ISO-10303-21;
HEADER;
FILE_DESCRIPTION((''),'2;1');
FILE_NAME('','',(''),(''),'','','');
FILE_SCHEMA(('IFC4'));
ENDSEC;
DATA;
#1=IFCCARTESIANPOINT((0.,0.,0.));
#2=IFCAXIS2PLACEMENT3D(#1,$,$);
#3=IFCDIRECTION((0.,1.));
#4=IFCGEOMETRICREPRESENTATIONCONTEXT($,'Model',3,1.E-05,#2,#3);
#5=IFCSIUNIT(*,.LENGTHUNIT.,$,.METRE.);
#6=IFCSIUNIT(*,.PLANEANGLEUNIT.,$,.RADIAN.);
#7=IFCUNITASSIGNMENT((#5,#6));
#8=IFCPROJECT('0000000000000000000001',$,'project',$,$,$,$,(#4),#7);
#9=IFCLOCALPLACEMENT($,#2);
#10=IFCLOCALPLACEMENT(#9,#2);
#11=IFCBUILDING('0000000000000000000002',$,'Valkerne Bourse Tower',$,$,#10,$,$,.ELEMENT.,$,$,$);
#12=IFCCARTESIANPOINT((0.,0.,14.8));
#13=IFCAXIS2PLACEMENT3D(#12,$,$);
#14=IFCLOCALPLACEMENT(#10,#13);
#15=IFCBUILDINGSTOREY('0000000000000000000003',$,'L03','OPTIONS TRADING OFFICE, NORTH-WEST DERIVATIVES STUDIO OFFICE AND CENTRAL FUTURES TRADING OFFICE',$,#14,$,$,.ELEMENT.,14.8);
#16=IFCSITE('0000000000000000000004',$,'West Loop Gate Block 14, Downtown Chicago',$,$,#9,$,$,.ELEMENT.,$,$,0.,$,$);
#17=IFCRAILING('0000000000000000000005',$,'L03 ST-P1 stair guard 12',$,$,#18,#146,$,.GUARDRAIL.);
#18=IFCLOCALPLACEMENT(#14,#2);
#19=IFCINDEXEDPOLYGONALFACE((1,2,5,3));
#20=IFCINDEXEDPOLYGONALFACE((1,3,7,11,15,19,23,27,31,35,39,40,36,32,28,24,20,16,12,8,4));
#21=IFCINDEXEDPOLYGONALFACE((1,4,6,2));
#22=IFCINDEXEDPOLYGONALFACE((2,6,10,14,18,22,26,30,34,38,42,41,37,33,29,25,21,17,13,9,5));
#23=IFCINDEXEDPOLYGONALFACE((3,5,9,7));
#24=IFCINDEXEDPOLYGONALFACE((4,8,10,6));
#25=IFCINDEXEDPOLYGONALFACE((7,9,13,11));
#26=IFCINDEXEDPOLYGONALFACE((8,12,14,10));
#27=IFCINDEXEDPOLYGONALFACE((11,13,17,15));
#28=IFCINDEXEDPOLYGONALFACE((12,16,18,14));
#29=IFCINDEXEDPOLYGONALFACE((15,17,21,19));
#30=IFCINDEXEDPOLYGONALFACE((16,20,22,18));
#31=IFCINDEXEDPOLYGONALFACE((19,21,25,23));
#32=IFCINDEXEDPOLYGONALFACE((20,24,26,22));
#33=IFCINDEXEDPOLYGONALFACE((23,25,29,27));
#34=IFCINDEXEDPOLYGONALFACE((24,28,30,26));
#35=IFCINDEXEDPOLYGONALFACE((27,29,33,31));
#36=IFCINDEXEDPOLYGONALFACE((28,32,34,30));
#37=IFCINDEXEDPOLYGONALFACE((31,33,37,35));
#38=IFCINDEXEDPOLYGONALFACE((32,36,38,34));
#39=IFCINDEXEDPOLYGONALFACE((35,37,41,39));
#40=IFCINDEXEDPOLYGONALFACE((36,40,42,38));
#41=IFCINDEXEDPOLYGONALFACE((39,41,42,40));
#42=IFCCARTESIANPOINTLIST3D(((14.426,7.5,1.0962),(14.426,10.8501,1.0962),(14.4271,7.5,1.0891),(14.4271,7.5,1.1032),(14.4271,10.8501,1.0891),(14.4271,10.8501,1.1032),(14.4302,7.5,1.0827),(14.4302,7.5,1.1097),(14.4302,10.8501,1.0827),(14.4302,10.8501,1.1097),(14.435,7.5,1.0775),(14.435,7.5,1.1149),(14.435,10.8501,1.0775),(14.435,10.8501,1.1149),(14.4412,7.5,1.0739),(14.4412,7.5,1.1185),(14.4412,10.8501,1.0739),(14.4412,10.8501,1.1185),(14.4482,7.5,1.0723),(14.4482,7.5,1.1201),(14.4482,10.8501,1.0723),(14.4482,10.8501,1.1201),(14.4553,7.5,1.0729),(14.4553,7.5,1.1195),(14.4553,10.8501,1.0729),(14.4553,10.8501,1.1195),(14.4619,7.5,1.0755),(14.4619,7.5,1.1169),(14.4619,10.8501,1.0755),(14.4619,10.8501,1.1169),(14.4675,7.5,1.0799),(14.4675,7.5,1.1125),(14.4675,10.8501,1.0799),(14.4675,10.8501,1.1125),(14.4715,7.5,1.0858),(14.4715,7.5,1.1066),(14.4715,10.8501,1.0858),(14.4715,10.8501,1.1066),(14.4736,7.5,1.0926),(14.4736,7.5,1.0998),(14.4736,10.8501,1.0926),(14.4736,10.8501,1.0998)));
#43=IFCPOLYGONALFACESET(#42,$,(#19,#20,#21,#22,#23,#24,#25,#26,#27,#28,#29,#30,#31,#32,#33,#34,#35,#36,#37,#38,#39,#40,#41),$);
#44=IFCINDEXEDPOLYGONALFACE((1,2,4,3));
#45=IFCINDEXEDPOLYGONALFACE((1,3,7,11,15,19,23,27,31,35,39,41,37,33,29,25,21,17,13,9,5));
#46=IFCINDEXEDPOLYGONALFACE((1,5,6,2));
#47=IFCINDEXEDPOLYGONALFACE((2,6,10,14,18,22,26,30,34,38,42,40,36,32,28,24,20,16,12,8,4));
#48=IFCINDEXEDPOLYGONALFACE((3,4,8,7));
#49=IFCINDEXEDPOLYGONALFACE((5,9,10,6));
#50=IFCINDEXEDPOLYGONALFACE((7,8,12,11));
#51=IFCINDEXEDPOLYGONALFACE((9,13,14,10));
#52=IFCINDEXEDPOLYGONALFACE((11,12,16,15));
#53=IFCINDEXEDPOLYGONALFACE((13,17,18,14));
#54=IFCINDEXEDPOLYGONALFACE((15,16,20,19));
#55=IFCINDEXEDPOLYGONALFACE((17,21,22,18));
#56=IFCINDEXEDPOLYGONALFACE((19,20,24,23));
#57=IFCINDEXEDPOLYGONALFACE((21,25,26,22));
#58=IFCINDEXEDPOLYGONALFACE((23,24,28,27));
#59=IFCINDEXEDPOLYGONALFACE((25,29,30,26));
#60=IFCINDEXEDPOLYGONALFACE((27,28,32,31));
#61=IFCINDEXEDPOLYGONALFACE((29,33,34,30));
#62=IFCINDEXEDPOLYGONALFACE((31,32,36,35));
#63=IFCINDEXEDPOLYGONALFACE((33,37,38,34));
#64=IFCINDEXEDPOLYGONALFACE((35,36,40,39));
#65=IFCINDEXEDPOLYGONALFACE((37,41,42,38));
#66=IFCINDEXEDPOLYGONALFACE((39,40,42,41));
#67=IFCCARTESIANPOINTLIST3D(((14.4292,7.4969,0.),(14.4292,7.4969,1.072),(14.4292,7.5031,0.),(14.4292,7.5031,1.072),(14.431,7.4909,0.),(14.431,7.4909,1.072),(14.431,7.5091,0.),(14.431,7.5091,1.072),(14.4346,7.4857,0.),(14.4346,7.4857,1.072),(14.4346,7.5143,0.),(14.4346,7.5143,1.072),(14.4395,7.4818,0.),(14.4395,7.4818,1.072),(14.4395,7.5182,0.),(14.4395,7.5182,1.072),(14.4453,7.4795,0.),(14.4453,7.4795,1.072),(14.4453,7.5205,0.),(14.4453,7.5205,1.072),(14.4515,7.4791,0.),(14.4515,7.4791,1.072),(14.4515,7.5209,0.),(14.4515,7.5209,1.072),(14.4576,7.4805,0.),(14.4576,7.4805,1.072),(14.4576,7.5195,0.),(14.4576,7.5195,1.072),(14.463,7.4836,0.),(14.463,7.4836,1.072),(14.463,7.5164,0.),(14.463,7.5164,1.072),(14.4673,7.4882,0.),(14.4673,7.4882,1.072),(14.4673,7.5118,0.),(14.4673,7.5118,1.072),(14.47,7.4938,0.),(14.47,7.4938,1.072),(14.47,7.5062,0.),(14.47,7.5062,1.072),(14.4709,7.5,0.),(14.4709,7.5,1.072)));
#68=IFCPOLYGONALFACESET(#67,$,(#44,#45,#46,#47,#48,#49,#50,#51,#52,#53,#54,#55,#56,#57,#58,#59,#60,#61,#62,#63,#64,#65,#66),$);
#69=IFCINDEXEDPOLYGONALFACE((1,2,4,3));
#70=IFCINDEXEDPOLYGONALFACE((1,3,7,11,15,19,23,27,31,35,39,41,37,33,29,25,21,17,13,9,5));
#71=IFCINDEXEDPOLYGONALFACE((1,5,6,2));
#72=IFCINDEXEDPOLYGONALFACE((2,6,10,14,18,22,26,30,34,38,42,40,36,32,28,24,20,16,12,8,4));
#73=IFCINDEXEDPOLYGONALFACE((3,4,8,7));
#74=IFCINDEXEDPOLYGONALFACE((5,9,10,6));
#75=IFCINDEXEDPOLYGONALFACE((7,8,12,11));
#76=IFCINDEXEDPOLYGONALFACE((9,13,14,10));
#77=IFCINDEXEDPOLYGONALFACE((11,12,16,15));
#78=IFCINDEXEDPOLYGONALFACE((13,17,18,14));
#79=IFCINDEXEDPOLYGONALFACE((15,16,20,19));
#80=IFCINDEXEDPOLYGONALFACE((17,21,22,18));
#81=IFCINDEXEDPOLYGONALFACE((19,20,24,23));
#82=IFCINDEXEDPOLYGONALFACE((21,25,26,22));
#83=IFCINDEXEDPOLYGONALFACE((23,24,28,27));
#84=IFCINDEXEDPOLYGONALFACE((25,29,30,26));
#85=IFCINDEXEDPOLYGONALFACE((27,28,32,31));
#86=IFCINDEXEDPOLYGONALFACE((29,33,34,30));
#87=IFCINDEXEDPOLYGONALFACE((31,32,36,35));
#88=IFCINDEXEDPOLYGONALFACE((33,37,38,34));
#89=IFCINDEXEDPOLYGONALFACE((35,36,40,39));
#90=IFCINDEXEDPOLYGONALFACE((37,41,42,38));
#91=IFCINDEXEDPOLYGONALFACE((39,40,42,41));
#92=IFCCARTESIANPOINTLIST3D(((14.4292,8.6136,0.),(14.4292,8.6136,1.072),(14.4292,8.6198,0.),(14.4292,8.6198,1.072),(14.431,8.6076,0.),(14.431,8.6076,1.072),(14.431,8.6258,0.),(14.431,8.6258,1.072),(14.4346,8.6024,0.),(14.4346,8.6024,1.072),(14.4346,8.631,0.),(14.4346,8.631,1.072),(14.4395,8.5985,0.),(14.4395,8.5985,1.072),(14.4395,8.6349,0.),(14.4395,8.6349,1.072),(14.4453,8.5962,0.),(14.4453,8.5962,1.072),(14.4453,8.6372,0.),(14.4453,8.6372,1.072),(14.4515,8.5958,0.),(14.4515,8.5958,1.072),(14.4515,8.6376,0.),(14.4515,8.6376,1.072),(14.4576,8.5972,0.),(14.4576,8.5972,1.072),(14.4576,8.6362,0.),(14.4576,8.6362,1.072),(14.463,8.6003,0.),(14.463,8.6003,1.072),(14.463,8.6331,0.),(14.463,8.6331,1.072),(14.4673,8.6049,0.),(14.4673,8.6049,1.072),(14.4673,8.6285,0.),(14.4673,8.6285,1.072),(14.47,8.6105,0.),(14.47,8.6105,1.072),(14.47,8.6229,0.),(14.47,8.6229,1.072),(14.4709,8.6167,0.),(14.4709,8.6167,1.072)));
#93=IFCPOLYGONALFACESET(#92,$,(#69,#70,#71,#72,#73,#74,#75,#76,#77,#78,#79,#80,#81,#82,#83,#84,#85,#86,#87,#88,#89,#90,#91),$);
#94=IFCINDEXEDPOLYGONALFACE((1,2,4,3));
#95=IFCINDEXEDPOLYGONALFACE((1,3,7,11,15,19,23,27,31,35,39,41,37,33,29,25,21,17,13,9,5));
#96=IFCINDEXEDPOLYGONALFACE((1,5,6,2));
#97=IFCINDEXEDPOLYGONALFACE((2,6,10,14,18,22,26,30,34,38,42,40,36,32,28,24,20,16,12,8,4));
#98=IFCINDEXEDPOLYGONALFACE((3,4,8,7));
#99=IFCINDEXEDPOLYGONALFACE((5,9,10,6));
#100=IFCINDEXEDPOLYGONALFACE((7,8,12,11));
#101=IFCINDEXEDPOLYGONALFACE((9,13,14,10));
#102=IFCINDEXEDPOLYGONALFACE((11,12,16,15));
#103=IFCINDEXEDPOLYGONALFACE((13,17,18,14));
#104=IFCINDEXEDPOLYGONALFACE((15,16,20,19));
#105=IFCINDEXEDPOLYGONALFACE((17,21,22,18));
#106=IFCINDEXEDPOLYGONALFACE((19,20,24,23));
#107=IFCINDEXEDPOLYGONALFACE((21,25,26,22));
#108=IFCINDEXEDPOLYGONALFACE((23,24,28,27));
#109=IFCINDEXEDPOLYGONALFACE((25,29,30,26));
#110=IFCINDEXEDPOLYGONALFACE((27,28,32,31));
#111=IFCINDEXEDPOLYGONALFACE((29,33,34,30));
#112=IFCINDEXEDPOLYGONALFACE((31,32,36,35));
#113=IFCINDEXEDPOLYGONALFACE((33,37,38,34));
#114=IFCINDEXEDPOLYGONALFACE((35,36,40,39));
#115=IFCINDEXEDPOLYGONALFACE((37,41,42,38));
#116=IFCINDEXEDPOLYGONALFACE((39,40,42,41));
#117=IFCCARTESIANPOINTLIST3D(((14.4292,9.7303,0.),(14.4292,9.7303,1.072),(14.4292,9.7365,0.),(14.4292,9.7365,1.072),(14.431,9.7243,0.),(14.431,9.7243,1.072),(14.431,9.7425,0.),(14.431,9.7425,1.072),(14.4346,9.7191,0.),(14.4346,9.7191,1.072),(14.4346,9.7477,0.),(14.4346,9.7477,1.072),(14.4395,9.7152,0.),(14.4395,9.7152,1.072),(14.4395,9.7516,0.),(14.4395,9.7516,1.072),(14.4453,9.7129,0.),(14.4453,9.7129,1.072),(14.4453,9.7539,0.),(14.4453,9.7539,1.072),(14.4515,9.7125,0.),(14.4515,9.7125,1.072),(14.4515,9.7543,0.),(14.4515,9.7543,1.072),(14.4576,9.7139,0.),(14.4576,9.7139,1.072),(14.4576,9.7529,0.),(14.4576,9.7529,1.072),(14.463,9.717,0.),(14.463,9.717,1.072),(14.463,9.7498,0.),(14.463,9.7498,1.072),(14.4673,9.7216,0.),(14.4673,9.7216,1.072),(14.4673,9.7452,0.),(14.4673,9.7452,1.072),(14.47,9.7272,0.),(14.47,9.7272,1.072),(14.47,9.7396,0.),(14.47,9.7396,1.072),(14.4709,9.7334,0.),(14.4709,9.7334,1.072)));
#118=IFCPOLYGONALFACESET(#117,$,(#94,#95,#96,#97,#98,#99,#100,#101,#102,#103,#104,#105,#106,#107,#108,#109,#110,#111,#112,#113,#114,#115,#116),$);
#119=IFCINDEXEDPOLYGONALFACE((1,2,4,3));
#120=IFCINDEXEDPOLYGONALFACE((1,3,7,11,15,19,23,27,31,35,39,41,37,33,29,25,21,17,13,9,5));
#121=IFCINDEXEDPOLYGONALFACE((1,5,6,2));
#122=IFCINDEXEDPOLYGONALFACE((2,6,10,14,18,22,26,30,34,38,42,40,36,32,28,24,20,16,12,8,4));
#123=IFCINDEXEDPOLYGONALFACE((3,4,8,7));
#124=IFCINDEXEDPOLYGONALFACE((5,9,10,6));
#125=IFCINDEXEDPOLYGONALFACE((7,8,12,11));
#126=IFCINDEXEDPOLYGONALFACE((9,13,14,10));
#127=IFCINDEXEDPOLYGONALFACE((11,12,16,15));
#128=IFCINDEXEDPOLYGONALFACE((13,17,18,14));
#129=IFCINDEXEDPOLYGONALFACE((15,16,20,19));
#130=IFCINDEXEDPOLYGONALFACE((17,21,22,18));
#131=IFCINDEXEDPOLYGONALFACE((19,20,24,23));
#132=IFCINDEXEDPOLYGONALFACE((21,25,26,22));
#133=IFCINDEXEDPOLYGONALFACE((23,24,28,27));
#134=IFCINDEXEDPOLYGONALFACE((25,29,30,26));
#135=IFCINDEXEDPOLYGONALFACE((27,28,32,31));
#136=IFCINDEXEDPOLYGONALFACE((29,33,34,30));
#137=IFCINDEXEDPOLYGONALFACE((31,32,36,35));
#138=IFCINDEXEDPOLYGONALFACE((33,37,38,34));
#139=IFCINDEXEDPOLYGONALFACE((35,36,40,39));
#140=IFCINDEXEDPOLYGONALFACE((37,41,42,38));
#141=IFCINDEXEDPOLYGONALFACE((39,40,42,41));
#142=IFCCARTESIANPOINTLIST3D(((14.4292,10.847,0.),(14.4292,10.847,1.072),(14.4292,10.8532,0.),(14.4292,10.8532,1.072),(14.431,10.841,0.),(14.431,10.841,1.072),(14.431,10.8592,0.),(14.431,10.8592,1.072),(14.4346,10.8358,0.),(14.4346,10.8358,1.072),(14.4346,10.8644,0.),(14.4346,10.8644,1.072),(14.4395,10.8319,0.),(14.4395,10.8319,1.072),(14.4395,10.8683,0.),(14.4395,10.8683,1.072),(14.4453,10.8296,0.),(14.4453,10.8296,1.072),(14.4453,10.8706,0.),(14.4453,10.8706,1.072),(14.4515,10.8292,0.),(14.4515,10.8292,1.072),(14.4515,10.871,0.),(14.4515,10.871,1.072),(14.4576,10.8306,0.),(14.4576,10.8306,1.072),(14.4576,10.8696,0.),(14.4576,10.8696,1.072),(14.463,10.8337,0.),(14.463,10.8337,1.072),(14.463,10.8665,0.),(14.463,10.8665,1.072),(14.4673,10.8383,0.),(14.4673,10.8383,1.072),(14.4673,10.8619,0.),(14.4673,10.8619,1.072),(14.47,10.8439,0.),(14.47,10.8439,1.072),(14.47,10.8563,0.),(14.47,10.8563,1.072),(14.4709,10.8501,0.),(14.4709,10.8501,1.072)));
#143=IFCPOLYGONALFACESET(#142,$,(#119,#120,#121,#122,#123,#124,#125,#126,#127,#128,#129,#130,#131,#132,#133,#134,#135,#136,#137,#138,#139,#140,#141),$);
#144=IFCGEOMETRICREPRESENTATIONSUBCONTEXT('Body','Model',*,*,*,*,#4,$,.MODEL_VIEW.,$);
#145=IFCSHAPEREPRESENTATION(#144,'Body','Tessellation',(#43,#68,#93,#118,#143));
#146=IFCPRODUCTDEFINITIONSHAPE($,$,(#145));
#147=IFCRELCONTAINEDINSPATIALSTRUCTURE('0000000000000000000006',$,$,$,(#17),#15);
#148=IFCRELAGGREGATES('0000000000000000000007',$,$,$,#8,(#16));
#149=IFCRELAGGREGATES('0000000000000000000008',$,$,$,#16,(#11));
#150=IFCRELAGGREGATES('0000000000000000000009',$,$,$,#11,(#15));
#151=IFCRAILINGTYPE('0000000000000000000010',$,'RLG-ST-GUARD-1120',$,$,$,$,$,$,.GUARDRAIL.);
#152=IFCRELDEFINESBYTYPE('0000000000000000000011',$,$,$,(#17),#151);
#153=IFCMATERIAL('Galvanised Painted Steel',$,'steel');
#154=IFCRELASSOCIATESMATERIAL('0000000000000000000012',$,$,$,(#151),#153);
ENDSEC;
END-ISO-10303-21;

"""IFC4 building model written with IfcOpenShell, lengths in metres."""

from ifc_helpers import new_model, si_unit, direction, frame, origin, origin_2d, place, context, subcontext, project, spatial, circle, extrude, material, type_object, element, save


model = new_model("IFC4")

# Units and contexts
model_context = context("Model", 3, precision=1e-05, world=origin(), true_north=direction((0.0, 1.0)))
body_context = subcontext(model_context, "Body", "Model", "MODEL_VIEW")
ifc_project = project(units=[si_unit("LENGTHUNIT", "METRE"), si_unit("PLANEANGLEUNIT", "RADIAN")], contexts=[model_context])

# Site, building, storey
site_placement = place(None, origin())
site = spatial("IfcSite", under=ifc_project, at=site_placement, Name="West Loop Gate Block 14, Downtown Chicago", CompositionType="ELEMENT", RefElevation=0.0)
building_placement = place(site_placement, origin())
building = spatial("IfcBuilding", under=site, at=building_placement, Name="Valkerne Bourse Tower", CompositionType="ELEMENT")
storey_placement = place(building_placement, frame((0.0, 0.0, 14.8)))
storey = spatial("IfcBuildingStorey", under=building, at=storey_placement, Name="L03", Description="OPTIONS TRADING OFFICE, NORTH-WEST DERIVATIVES STUDIO OFFICE AND CENTRAL FUTURES TRADING OFFICE", CompositionType="ELEMENT", Elevation=14.8)

# Railing
ifc_material_1 = material(Name="Galvanised Painted Steel", Category="steel")
railing_type_1 = type_object("IfcRailingType", Name="RLG-ST-GUARD-1120", PredefinedType="GUARDRAIL", material=ifc_material_1)
railing_1_placement = place(storey_placement, frame((14.45, 7.5, 0.0)))
element("IfcRailing", 1, at=railing_1_placement, inside=storey, type_object=railing_type_1, Name="L03 ST-P1 stair guard 12", PredefinedType="GUARDRAIL", context=body_context, shape_type="SweptSolid", body=[
    extrude(circle(Radius=0.0239, at=origin_2d()), frame((0.0, 0.0, 1.0962), z_axis=(0.0, 1.0, 0.0), x_axis=(-1.0, 0.0, 0.0)), (0.0, 0.0, 1.0), 3.3501),
    extrude(circle(Radius=0.021, at=origin_2d()), origin(), (0.0, 0.0, 1.0), 1.072),
    extrude(circle(Radius=0.021, at=origin_2d()), frame((0.0, 1.1167, 0.0)), (0.0, 0.0, 1.0), 1.072),
    extrude(circle(Radius=0.021, at=origin_2d()), frame((0.0, 2.2334, 0.0)), (0.0, 0.0, 1.0), 1.072),
    extrude(circle(Radius=0.021, at=origin_2d()), frame((0.0, 3.3501, 0.0)), (0.0, 0.0, 1.0), 1.072),
])

save(model, "model.ifc")
